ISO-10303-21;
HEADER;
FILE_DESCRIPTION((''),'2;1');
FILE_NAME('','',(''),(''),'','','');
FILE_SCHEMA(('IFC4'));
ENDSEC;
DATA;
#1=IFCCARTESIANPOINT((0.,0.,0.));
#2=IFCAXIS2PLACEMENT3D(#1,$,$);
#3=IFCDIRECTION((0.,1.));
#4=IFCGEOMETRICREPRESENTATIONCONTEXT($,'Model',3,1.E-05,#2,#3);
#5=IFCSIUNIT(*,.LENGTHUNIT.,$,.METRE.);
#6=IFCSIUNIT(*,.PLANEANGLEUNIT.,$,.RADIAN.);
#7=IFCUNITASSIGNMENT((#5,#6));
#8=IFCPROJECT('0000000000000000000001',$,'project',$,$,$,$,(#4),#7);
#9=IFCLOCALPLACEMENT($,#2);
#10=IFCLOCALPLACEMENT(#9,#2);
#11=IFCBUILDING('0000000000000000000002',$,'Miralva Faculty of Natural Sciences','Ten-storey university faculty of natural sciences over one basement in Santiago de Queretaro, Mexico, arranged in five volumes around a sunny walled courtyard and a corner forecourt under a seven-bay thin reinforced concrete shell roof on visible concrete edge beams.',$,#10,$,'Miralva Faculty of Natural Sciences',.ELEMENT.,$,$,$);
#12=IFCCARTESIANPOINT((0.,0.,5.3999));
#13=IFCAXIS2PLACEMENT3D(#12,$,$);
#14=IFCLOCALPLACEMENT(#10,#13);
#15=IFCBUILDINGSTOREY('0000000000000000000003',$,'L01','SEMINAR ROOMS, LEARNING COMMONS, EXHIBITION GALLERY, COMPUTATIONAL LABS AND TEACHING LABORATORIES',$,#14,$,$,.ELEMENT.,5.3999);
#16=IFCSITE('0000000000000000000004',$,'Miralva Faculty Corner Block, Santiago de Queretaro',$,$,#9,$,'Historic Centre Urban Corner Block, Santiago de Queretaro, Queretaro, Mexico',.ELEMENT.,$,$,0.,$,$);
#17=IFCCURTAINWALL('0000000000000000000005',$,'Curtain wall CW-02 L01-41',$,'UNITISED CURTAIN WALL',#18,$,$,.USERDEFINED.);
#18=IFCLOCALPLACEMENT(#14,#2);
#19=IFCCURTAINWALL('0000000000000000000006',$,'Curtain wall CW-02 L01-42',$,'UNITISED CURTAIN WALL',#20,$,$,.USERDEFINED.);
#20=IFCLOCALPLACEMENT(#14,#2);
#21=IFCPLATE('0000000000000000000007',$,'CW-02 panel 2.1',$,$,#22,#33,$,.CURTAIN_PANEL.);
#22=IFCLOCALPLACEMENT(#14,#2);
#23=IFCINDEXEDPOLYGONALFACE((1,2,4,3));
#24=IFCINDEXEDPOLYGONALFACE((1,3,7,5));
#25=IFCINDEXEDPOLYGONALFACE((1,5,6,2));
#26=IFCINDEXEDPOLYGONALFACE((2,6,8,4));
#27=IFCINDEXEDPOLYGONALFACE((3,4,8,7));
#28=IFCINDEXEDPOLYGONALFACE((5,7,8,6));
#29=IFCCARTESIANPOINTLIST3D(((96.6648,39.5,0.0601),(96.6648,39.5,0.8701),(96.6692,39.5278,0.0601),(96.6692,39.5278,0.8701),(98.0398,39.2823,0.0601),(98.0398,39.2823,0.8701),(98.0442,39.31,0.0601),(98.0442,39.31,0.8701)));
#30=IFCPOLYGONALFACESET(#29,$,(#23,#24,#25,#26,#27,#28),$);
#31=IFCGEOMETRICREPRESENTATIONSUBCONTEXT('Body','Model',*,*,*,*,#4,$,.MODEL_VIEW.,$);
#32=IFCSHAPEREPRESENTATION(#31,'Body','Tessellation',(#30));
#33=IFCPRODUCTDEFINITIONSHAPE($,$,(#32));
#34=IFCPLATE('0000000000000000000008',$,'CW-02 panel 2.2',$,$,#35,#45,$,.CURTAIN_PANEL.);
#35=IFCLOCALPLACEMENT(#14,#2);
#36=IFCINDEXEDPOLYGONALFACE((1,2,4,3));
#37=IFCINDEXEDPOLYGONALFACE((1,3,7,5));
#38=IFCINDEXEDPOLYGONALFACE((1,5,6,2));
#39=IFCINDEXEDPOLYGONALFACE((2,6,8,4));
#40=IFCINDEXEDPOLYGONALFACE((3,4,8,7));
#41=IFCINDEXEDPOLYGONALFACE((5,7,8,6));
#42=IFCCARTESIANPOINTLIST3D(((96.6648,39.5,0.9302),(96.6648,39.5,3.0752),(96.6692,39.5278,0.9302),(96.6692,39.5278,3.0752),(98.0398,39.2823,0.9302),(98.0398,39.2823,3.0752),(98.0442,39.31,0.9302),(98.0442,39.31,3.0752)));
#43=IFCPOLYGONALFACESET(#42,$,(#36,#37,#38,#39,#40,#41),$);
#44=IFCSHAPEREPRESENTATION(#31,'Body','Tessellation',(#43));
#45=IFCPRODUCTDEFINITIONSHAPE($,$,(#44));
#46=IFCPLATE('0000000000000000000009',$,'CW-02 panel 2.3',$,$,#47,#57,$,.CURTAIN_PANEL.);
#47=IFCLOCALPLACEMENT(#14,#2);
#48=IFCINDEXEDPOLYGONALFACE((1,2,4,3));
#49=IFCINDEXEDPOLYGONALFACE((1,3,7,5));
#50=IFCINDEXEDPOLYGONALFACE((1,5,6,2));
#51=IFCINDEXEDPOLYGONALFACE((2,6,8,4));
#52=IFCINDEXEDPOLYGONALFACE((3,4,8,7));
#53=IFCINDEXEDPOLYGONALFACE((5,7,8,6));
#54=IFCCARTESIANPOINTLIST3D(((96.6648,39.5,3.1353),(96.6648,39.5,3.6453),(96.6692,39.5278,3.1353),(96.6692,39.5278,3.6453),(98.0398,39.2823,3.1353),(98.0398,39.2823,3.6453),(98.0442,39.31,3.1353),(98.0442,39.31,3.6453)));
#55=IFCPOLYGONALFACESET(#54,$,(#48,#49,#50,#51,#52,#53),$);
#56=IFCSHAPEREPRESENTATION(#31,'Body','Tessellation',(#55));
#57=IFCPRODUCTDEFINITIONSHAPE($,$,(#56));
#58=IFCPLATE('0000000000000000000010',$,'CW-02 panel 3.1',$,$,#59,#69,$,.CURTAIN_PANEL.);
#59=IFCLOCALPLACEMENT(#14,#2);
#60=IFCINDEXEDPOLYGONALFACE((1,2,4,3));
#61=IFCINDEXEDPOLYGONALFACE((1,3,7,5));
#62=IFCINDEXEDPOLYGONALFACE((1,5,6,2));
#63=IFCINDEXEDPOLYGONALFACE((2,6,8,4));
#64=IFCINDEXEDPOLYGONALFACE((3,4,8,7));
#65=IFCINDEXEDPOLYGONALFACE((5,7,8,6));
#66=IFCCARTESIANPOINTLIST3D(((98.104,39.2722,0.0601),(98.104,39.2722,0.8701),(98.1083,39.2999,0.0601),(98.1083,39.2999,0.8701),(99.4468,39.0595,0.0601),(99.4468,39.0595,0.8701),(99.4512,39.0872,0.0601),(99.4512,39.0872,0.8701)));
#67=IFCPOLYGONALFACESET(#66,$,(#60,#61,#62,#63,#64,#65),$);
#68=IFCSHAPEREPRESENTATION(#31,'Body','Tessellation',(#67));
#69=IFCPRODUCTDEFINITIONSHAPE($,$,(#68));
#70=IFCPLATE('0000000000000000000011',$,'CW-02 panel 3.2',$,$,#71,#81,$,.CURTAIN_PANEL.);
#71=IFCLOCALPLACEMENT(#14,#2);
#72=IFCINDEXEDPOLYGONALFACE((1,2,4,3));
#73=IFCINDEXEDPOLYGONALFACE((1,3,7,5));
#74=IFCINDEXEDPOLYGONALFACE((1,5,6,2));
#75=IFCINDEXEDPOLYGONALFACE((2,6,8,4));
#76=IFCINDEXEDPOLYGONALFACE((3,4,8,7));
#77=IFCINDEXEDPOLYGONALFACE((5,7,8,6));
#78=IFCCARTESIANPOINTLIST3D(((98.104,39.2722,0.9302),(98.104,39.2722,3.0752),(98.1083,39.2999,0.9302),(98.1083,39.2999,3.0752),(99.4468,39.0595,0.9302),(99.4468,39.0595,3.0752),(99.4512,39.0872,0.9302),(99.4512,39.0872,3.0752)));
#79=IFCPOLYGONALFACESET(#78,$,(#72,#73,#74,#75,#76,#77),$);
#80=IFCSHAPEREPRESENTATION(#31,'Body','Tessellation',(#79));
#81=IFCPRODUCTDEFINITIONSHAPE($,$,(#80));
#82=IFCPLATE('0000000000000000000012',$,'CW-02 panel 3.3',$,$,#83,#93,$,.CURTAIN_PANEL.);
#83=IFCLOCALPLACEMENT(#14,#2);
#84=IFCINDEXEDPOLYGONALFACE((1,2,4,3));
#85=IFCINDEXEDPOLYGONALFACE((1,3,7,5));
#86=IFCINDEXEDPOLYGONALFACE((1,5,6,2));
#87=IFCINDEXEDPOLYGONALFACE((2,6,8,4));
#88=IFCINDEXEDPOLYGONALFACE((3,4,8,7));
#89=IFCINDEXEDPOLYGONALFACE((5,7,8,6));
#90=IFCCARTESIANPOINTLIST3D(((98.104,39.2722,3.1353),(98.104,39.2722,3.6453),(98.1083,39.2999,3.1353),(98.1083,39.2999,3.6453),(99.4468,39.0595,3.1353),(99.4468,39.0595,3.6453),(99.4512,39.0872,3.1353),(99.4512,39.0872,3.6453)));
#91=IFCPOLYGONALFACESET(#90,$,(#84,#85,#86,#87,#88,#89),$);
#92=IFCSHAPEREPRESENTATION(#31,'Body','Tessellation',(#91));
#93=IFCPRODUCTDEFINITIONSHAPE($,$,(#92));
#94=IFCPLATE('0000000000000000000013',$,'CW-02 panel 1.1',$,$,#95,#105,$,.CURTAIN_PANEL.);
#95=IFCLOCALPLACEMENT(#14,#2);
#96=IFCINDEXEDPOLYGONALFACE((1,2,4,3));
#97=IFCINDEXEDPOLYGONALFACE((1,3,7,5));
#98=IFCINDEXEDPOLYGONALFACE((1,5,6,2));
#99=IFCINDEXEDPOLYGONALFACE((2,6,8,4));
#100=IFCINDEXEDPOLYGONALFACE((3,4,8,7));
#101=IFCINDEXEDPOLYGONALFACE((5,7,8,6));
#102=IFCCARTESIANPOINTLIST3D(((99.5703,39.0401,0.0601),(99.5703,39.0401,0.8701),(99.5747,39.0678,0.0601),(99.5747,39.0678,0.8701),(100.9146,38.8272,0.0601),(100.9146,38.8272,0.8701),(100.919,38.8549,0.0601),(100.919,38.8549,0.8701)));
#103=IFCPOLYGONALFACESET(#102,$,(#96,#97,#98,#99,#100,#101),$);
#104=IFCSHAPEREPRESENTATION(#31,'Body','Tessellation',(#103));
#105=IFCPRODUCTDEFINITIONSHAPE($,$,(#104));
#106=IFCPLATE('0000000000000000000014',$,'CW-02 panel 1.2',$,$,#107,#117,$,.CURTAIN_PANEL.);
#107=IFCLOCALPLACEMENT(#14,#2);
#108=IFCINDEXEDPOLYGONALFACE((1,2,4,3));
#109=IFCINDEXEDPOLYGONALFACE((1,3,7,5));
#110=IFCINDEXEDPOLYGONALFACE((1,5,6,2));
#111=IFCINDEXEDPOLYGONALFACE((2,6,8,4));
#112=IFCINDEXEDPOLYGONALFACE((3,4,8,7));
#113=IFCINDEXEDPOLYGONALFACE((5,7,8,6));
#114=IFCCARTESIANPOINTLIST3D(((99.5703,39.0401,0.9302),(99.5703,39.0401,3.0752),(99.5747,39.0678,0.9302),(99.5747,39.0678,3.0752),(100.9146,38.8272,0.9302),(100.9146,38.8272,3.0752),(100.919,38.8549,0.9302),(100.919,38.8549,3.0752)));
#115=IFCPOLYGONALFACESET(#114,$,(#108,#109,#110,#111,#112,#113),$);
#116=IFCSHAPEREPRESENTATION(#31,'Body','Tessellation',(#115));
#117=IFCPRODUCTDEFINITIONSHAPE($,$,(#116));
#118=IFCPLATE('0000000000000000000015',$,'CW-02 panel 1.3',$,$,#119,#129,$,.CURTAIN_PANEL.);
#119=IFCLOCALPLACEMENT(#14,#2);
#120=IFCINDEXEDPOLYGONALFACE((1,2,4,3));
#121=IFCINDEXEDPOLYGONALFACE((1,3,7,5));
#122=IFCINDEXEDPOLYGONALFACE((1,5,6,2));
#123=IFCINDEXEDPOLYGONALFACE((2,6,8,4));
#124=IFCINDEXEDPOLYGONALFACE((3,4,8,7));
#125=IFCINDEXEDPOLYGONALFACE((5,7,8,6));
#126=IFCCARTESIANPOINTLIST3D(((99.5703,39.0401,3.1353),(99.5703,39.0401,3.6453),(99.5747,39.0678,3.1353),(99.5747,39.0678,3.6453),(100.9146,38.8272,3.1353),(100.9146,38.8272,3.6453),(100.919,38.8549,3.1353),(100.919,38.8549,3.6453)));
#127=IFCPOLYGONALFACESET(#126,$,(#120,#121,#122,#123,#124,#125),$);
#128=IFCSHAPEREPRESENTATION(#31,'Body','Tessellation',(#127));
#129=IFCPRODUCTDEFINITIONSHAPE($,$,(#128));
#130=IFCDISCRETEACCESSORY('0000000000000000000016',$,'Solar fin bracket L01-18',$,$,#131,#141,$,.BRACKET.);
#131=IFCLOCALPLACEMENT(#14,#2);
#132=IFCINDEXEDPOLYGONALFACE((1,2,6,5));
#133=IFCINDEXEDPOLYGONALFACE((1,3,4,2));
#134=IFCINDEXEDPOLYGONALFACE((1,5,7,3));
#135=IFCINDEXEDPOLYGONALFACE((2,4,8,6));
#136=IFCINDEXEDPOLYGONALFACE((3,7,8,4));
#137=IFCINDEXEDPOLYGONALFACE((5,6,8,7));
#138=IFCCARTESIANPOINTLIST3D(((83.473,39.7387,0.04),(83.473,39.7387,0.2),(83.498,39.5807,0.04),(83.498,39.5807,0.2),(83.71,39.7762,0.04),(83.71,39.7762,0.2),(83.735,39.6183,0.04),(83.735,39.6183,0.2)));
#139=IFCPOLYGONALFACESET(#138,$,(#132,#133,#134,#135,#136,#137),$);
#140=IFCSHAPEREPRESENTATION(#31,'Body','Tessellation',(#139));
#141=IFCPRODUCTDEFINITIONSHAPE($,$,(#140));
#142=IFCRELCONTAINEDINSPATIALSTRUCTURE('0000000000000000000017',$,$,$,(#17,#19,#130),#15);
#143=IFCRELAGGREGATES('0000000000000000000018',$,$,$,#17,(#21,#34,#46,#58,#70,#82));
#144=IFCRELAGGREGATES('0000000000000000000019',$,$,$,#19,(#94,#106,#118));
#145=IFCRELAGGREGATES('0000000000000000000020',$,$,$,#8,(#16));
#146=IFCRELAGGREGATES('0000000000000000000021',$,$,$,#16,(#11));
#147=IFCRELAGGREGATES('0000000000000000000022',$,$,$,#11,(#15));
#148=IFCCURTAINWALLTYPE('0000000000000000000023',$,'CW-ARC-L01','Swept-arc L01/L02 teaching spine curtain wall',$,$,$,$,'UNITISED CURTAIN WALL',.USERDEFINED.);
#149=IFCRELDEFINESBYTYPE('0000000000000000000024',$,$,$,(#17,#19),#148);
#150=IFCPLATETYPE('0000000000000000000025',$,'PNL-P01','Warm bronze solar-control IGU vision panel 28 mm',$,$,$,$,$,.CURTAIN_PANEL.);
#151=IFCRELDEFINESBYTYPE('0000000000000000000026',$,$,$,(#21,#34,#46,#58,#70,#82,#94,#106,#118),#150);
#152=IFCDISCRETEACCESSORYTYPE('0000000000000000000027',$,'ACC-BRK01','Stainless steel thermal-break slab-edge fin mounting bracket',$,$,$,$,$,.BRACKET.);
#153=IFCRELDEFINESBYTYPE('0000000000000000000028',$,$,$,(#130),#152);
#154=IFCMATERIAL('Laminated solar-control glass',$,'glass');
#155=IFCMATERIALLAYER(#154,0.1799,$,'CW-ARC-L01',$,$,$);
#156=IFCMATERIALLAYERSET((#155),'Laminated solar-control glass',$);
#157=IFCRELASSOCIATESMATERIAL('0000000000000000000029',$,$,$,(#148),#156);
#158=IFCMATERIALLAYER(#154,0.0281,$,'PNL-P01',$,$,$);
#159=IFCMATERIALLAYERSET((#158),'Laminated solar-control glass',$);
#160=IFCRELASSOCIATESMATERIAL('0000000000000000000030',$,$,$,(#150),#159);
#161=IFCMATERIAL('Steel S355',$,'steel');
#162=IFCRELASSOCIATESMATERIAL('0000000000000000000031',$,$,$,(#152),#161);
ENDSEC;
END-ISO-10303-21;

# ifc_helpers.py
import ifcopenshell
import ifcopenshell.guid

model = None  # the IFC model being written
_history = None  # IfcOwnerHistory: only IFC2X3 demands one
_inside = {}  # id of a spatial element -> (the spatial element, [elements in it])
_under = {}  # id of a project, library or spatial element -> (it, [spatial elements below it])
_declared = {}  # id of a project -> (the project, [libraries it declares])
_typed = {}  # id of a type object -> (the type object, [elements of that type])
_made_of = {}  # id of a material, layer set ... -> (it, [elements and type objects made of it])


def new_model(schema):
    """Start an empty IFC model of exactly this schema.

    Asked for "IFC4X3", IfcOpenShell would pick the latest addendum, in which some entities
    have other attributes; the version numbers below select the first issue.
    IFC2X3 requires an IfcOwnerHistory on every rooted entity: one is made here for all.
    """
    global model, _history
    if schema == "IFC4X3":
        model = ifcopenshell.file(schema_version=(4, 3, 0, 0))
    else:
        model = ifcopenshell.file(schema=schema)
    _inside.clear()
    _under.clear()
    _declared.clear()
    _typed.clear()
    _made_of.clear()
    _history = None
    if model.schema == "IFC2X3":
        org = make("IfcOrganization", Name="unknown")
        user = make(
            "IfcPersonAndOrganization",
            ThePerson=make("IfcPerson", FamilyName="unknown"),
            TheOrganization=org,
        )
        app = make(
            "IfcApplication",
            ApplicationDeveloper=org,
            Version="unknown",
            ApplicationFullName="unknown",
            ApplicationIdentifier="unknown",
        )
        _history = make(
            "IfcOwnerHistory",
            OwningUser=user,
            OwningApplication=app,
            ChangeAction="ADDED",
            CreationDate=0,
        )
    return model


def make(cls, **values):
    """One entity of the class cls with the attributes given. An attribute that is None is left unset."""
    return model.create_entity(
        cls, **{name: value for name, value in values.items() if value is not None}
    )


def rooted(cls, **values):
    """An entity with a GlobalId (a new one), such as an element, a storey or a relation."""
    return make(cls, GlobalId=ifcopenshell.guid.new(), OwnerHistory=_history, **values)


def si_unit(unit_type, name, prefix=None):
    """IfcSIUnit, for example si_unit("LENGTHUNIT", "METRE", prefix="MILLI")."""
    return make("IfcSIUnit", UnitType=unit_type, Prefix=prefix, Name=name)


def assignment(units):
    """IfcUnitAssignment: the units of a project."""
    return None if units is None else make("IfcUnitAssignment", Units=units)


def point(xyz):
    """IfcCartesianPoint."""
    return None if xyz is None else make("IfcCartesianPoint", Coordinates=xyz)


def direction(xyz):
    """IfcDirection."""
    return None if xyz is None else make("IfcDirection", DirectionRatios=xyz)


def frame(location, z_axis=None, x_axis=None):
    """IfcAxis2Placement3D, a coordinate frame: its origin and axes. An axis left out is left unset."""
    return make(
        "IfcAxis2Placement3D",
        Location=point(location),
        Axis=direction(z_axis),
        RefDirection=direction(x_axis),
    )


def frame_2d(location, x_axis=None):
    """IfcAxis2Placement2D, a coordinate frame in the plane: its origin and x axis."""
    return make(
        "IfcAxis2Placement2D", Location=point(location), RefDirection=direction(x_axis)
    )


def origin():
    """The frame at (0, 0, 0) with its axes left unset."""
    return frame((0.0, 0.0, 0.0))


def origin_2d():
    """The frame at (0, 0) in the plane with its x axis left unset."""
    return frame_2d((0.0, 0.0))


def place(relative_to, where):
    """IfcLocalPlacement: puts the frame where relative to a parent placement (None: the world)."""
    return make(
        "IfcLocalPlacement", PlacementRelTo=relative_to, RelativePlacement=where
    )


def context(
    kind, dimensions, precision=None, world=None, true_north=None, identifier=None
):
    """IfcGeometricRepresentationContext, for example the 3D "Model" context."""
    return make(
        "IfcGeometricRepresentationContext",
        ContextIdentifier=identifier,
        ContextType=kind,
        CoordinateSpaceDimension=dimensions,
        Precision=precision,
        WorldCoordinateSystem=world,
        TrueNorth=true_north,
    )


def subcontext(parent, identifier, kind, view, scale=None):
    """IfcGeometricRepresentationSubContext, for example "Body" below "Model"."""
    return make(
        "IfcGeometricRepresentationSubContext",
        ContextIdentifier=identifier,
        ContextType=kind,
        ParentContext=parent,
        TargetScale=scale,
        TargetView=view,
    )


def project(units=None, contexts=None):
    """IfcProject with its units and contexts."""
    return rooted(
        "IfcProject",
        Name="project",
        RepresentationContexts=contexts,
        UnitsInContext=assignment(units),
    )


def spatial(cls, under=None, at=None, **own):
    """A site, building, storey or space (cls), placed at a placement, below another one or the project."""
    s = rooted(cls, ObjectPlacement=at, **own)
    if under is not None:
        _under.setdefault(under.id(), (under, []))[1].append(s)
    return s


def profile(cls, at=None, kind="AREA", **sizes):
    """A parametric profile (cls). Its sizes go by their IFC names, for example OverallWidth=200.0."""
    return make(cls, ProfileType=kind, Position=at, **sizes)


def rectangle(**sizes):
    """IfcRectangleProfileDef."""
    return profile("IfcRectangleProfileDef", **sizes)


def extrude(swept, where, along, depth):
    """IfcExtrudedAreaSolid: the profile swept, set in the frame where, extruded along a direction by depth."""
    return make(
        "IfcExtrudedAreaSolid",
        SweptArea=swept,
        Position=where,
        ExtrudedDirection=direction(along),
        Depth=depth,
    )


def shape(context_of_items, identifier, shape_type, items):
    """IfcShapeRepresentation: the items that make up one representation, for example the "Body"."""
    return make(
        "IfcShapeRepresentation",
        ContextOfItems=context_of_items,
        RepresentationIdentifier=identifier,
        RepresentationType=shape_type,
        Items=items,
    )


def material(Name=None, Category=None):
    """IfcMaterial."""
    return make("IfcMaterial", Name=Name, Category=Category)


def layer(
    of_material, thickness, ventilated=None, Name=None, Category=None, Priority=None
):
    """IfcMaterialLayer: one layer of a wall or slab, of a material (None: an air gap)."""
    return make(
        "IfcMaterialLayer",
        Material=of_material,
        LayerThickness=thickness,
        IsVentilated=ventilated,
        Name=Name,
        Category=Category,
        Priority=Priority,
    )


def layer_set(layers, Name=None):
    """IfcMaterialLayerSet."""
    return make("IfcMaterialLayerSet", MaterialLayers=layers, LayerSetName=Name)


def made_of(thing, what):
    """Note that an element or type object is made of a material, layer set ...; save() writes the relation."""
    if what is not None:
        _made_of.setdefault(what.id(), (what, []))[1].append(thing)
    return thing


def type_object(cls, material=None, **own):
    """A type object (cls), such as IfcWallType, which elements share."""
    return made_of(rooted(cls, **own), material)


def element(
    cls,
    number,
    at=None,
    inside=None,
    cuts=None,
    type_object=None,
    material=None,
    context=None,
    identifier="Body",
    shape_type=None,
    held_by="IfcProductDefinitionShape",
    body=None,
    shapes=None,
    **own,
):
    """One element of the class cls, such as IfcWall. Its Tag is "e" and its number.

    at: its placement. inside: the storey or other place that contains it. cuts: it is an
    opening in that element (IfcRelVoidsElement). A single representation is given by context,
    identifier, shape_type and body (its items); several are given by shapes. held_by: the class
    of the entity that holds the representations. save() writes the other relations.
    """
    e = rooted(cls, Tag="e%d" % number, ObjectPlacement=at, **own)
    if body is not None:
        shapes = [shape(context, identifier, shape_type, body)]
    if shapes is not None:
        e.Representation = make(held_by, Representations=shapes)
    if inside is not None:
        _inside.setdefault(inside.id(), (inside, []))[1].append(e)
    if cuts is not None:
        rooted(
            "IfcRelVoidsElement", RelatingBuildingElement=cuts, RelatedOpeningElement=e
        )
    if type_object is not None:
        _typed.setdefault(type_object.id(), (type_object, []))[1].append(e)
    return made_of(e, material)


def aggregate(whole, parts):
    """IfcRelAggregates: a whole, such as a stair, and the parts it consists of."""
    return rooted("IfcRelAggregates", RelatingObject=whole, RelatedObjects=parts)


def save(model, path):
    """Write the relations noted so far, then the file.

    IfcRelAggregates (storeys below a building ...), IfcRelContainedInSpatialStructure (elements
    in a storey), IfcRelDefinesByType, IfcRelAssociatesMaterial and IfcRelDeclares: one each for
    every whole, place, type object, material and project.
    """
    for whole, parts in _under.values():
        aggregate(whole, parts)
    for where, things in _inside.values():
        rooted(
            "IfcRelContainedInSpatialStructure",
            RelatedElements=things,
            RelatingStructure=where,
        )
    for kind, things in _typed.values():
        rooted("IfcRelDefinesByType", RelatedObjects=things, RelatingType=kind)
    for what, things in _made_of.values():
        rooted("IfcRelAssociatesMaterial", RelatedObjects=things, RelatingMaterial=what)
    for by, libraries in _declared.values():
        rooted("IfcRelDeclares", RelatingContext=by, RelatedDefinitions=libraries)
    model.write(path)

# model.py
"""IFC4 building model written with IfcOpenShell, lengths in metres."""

from ifc_helpers import new_model, si_unit, direction, frame, origin, origin_2d, place, context, subcontext, project, spatial, rectangle, extrude, material, layer, layer_set, type_object, element, aggregate, save


model = new_model("IFC4")

# Units and contexts
model_context = context("Model", 3, precision=1e-05, world=origin(), true_north=direction((0.0, 1.0)))
body_context = subcontext(model_context, "Body", "Model", "MODEL_VIEW")
ifc_project = project(units=[si_unit("LENGTHUNIT", "METRE"), si_unit("PLANEANGLEUNIT", "RADIAN")], contexts=[model_context])

# Site, building, storey
site_placement = place(None, origin())
site = spatial("IfcSite", under=ifc_project, at=site_placement, Name="Miralva Faculty Corner Block, Santiago de Queretaro", LongName="Historic Centre Urban Corner Block, Santiago de Queretaro, Queretaro, Mexico", CompositionType="ELEMENT", RefElevation=0.0)
building_placement = place(site_placement, origin())
building = spatial("IfcBuilding", under=site, at=building_placement, Name="Miralva Faculty of Natural Sciences", Description="Ten-storey university faculty of natural sciences over one basement in Santiago de Queretaro, Mexico, arranged in five volumes around a sunny walled courtyard and a corner forecourt under a seven-bay thin reinforced concrete shell roof on visible concrete edge beams.", LongName="Miralva Faculty of Natural Sciences", CompositionType="ELEMENT")
storey_placement = place(building_placement, frame((0.0, 0.0, 5.3999)))
storey = spatial("IfcBuildingStorey", under=building, at=storey_placement, Name="L01", Description="SEMINAR ROOMS, LEARNING COMMONS, EXHIBITION GALLERY, COMPUTATIONAL LABS AND TEACHING LABORATORIES", CompositionType="ELEMENT", Elevation=5.3999)

# Curtain walls
ifc_material_1 = material(Name="Laminated solar-control glass", Category="glass")
ifc_layer_1 = layer(ifc_material_1, 0.1799, Name="CW-ARC-L01")
ifc_layer_set_1 = layer_set([ifc_layer_1], Name="Laminated solar-control glass")
curtain_wall_type = type_object("IfcCurtainWallType", Name="CW-ARC-L01", Description="Swept-arc L01/L02 teaching spine curtain wall", ElementType="UNITISED CURTAIN WALL", PredefinedType="USERDEFINED", material=ifc_layer_set_1)
curtain_wall_1_placement = place(storey_placement, origin())
curtain_wall_1 = element("IfcCurtainWall", 1, at=curtain_wall_1_placement, inside=storey, type_object=curtain_wall_type, Name="Curtain wall CW-02 L01-41", ObjectType="UNITISED CURTAIN WALL", PredefinedType="USERDEFINED")
curtain_wall_2_placement = place(storey_placement, origin())
curtain_wall_2 = element("IfcCurtainWall", 2, at=curtain_wall_2_placement, inside=storey, type_object=curtain_wall_type, Name="Curtain wall CW-02 L01-42", ObjectType="UNITISED CURTAIN WALL", PredefinedType="USERDEFINED")

# Shared definitions
ifc_layer_2 = layer(ifc_material_1, 0.0281, Name="PNL-P01")
ifc_layer_set_2 = layer_set([ifc_layer_2], Name="Laminated solar-control glass")
plate_type = type_object("IfcPlateType", Name="PNL-P01", Description="Warm bronze solar-control IGU vision panel 28 mm", PredefinedType="CURTAIN_PANEL", material=ifc_layer_set_2)

# Plates
plate_1_placement = place(storey_placement, frame((97.3545, 39.405, 0.0601), z_axis=(0.0, 0.0, 1.0), x_axis=(0.987691, -0.156417, 0.0)))
plate_1 = element("IfcPlate", 3, at=plate_1_placement, type_object=plate_type, Name="CW-02 panel 2.1", PredefinedType="CURTAIN_PANEL", context=body_context, shape_type="SweptSolid", body=[
    extrude(rectangle(XDim=1.3921, YDim=0.0281, at=origin_2d()), origin(), (0.0, 0.0, 1.0), 0.8101),
])
plate_2_placement = place(storey_placement, frame((97.3545, 39.405, 0.9302), z_axis=(0.0, 0.0, 1.0), x_axis=(0.987691, -0.156417, 0.0)))
plate_2 = element("IfcPlate", 4, at=plate_2_placement, type_object=plate_type, Name="CW-02 panel 2.2", PredefinedType="CURTAIN_PANEL", context=body_context, shape_type="SweptSolid", body=[
    extrude(rectangle(XDim=1.3921, YDim=0.0281, at=origin_2d()), origin(), (0.0, 0.0, 1.0), 2.145),
])
plate_3_placement = place(storey_placement, frame((97.3545, 39.405, 3.1353), z_axis=(0.0, 0.0, 1.0), x_axis=(0.987691, -0.156417, 0.0)))
plate_3 = element("IfcPlate", 5, at=plate_3_placement, type_object=plate_type, Name="CW-02 panel 2.3", PredefinedType="CURTAIN_PANEL", context=body_context, shape_type="SweptSolid", body=[
    extrude(rectangle(XDim=1.3921, YDim=0.0281, at=origin_2d()), origin(), (0.0, 0.0, 1.0), 0.51),
])
plate_4_placement = place(storey_placement, frame((98.7776, 39.1797, 0.0601), z_axis=(0.0, 0.0, 1.0), x_axis=(0.987691, -0.156417, 0.0)))
plate_4 = element("IfcPlate", 6, at=plate_4_placement, type_object=plate_type, Name="CW-02 panel 3.1", PredefinedType="CURTAIN_PANEL", context=body_context, shape_type="SweptSolid", body=[
    extrude(rectangle(XDim=1.3596, YDim=0.0281, at=origin_2d()), origin(), (0.0, 0.0, 1.0), 0.8101),
])
plate_5_placement = place(storey_placement, frame((98.7776, 39.1797, 0.9302), z_axis=(0.0, 0.0, 1.0), x_axis=(0.987691, -0.156417, 0.0)))
plate_5 = element("IfcPlate", 7, at=plate_5_placement, type_object=plate_type, Name="CW-02 panel 3.2", PredefinedType="CURTAIN_PANEL", context=body_context, shape_type="SweptSolid", body=[
    extrude(rectangle(XDim=1.3596, YDim=0.0281, at=origin_2d()), origin(), (0.0, 0.0, 1.0), 2.145),
])
plate_6_placement = place(storey_placement, frame((98.7776, 39.1797, 3.1353), z_axis=(0.0, 0.0, 1.0), x_axis=(0.987691, -0.156417, 0.0)))
plate_6 = element("IfcPlate", 8, at=plate_6_placement, type_object=plate_type, Name="CW-02 panel 3.3", PredefinedType="CURTAIN_PANEL", context=body_context, shape_type="SweptSolid", body=[
    extrude(rectangle(XDim=1.3596, YDim=0.0281, at=origin_2d()), origin(), (0.0, 0.0, 1.0), 0.51),
])
aggregate(curtain_wall_1, [plate_1, plate_2, plate_3, plate_4, plate_5, plate_6])
plate_7_placement = place(storey_placement, frame((100.2446, 38.9475, 0.0601), z_axis=(0.0, 0.0, 1.0), x_axis=(0.987687, -0.156445, 0.0)))
plate_7 = element("IfcPlate", 9, at=plate_7_placement, type_object=plate_type, Name="CW-02 panel 1.1", PredefinedType="CURTAIN_PANEL", context=body_context, shape_type="SweptSolid", body=[
    extrude(rectangle(XDim=1.3611, YDim=0.0281, at=origin_2d()), origin(), (0.0, 0.0, 1.0), 0.8101),
])
plate_8_placement = place(storey_placement, frame((100.2446, 38.9475, 0.9302), z_axis=(0.0, 0.0, 1.0), x_axis=(0.987687, -0.156445, 0.0)))
plate_8 = element("IfcPlate", 10, at=plate_8_placement, type_object=plate_type, Name="CW-02 panel 1.2", PredefinedType="CURTAIN_PANEL", context=body_context, shape_type="SweptSolid", body=[
    extrude(rectangle(XDim=1.3611, YDim=0.0281, at=origin_2d()), origin(), (0.0, 0.0, 1.0), 2.145),
])
plate_9_placement = place(storey_placement, frame((100.2446, 38.9475, 3.1353), z_axis=(0.0, 0.0, 1.0), x_axis=(0.987687, -0.156445, 0.0)))
plate_9 = element("IfcPlate", 11, at=plate_9_placement, type_object=plate_type, Name="CW-02 panel 1.3", PredefinedType="CURTAIN_PANEL", context=body_context, shape_type="SweptSolid", body=[
    extrude(rectangle(XDim=1.3611, YDim=0.0281, at=origin_2d()), origin(), (0.0, 0.0, 1.0), 0.51),
])
aggregate(curtain_wall_2, [plate_7, plate_8, plate_9])

# Discrete accessory
ifc_material_2 = material(Name="Steel S355", Category="steel")
discrete_accessory_type = type_object("IfcDiscreteAccessoryType", Name="ACC-BRK01", Description="Stainless steel thermal-break slab-edge fin mounting bracket", PredefinedType="BRACKET", material=ifc_material_2)
discrete_accessory_placement = place(storey_placement, frame((83.604, 39.6785, 0.04), z_axis=(0.0, 0.0, 1.0), x_axis=(-0.156434, 0.987688, 0.0)))
element("IfcDiscreteAccessory", 12, at=discrete_accessory_placement, inside=storey, type_object=discrete_accessory_type, Name="Solar fin bracket L01-18", PredefinedType="BRACKET", context=body_context, shape_type="SweptSolid", body=[
    extrude(rectangle(XDim=0.1599, YDim=0.24, at=origin_2d()), origin(), (0.0, 0.0, 1.0), 0.1599),
])

save(model, "model.ifc")
